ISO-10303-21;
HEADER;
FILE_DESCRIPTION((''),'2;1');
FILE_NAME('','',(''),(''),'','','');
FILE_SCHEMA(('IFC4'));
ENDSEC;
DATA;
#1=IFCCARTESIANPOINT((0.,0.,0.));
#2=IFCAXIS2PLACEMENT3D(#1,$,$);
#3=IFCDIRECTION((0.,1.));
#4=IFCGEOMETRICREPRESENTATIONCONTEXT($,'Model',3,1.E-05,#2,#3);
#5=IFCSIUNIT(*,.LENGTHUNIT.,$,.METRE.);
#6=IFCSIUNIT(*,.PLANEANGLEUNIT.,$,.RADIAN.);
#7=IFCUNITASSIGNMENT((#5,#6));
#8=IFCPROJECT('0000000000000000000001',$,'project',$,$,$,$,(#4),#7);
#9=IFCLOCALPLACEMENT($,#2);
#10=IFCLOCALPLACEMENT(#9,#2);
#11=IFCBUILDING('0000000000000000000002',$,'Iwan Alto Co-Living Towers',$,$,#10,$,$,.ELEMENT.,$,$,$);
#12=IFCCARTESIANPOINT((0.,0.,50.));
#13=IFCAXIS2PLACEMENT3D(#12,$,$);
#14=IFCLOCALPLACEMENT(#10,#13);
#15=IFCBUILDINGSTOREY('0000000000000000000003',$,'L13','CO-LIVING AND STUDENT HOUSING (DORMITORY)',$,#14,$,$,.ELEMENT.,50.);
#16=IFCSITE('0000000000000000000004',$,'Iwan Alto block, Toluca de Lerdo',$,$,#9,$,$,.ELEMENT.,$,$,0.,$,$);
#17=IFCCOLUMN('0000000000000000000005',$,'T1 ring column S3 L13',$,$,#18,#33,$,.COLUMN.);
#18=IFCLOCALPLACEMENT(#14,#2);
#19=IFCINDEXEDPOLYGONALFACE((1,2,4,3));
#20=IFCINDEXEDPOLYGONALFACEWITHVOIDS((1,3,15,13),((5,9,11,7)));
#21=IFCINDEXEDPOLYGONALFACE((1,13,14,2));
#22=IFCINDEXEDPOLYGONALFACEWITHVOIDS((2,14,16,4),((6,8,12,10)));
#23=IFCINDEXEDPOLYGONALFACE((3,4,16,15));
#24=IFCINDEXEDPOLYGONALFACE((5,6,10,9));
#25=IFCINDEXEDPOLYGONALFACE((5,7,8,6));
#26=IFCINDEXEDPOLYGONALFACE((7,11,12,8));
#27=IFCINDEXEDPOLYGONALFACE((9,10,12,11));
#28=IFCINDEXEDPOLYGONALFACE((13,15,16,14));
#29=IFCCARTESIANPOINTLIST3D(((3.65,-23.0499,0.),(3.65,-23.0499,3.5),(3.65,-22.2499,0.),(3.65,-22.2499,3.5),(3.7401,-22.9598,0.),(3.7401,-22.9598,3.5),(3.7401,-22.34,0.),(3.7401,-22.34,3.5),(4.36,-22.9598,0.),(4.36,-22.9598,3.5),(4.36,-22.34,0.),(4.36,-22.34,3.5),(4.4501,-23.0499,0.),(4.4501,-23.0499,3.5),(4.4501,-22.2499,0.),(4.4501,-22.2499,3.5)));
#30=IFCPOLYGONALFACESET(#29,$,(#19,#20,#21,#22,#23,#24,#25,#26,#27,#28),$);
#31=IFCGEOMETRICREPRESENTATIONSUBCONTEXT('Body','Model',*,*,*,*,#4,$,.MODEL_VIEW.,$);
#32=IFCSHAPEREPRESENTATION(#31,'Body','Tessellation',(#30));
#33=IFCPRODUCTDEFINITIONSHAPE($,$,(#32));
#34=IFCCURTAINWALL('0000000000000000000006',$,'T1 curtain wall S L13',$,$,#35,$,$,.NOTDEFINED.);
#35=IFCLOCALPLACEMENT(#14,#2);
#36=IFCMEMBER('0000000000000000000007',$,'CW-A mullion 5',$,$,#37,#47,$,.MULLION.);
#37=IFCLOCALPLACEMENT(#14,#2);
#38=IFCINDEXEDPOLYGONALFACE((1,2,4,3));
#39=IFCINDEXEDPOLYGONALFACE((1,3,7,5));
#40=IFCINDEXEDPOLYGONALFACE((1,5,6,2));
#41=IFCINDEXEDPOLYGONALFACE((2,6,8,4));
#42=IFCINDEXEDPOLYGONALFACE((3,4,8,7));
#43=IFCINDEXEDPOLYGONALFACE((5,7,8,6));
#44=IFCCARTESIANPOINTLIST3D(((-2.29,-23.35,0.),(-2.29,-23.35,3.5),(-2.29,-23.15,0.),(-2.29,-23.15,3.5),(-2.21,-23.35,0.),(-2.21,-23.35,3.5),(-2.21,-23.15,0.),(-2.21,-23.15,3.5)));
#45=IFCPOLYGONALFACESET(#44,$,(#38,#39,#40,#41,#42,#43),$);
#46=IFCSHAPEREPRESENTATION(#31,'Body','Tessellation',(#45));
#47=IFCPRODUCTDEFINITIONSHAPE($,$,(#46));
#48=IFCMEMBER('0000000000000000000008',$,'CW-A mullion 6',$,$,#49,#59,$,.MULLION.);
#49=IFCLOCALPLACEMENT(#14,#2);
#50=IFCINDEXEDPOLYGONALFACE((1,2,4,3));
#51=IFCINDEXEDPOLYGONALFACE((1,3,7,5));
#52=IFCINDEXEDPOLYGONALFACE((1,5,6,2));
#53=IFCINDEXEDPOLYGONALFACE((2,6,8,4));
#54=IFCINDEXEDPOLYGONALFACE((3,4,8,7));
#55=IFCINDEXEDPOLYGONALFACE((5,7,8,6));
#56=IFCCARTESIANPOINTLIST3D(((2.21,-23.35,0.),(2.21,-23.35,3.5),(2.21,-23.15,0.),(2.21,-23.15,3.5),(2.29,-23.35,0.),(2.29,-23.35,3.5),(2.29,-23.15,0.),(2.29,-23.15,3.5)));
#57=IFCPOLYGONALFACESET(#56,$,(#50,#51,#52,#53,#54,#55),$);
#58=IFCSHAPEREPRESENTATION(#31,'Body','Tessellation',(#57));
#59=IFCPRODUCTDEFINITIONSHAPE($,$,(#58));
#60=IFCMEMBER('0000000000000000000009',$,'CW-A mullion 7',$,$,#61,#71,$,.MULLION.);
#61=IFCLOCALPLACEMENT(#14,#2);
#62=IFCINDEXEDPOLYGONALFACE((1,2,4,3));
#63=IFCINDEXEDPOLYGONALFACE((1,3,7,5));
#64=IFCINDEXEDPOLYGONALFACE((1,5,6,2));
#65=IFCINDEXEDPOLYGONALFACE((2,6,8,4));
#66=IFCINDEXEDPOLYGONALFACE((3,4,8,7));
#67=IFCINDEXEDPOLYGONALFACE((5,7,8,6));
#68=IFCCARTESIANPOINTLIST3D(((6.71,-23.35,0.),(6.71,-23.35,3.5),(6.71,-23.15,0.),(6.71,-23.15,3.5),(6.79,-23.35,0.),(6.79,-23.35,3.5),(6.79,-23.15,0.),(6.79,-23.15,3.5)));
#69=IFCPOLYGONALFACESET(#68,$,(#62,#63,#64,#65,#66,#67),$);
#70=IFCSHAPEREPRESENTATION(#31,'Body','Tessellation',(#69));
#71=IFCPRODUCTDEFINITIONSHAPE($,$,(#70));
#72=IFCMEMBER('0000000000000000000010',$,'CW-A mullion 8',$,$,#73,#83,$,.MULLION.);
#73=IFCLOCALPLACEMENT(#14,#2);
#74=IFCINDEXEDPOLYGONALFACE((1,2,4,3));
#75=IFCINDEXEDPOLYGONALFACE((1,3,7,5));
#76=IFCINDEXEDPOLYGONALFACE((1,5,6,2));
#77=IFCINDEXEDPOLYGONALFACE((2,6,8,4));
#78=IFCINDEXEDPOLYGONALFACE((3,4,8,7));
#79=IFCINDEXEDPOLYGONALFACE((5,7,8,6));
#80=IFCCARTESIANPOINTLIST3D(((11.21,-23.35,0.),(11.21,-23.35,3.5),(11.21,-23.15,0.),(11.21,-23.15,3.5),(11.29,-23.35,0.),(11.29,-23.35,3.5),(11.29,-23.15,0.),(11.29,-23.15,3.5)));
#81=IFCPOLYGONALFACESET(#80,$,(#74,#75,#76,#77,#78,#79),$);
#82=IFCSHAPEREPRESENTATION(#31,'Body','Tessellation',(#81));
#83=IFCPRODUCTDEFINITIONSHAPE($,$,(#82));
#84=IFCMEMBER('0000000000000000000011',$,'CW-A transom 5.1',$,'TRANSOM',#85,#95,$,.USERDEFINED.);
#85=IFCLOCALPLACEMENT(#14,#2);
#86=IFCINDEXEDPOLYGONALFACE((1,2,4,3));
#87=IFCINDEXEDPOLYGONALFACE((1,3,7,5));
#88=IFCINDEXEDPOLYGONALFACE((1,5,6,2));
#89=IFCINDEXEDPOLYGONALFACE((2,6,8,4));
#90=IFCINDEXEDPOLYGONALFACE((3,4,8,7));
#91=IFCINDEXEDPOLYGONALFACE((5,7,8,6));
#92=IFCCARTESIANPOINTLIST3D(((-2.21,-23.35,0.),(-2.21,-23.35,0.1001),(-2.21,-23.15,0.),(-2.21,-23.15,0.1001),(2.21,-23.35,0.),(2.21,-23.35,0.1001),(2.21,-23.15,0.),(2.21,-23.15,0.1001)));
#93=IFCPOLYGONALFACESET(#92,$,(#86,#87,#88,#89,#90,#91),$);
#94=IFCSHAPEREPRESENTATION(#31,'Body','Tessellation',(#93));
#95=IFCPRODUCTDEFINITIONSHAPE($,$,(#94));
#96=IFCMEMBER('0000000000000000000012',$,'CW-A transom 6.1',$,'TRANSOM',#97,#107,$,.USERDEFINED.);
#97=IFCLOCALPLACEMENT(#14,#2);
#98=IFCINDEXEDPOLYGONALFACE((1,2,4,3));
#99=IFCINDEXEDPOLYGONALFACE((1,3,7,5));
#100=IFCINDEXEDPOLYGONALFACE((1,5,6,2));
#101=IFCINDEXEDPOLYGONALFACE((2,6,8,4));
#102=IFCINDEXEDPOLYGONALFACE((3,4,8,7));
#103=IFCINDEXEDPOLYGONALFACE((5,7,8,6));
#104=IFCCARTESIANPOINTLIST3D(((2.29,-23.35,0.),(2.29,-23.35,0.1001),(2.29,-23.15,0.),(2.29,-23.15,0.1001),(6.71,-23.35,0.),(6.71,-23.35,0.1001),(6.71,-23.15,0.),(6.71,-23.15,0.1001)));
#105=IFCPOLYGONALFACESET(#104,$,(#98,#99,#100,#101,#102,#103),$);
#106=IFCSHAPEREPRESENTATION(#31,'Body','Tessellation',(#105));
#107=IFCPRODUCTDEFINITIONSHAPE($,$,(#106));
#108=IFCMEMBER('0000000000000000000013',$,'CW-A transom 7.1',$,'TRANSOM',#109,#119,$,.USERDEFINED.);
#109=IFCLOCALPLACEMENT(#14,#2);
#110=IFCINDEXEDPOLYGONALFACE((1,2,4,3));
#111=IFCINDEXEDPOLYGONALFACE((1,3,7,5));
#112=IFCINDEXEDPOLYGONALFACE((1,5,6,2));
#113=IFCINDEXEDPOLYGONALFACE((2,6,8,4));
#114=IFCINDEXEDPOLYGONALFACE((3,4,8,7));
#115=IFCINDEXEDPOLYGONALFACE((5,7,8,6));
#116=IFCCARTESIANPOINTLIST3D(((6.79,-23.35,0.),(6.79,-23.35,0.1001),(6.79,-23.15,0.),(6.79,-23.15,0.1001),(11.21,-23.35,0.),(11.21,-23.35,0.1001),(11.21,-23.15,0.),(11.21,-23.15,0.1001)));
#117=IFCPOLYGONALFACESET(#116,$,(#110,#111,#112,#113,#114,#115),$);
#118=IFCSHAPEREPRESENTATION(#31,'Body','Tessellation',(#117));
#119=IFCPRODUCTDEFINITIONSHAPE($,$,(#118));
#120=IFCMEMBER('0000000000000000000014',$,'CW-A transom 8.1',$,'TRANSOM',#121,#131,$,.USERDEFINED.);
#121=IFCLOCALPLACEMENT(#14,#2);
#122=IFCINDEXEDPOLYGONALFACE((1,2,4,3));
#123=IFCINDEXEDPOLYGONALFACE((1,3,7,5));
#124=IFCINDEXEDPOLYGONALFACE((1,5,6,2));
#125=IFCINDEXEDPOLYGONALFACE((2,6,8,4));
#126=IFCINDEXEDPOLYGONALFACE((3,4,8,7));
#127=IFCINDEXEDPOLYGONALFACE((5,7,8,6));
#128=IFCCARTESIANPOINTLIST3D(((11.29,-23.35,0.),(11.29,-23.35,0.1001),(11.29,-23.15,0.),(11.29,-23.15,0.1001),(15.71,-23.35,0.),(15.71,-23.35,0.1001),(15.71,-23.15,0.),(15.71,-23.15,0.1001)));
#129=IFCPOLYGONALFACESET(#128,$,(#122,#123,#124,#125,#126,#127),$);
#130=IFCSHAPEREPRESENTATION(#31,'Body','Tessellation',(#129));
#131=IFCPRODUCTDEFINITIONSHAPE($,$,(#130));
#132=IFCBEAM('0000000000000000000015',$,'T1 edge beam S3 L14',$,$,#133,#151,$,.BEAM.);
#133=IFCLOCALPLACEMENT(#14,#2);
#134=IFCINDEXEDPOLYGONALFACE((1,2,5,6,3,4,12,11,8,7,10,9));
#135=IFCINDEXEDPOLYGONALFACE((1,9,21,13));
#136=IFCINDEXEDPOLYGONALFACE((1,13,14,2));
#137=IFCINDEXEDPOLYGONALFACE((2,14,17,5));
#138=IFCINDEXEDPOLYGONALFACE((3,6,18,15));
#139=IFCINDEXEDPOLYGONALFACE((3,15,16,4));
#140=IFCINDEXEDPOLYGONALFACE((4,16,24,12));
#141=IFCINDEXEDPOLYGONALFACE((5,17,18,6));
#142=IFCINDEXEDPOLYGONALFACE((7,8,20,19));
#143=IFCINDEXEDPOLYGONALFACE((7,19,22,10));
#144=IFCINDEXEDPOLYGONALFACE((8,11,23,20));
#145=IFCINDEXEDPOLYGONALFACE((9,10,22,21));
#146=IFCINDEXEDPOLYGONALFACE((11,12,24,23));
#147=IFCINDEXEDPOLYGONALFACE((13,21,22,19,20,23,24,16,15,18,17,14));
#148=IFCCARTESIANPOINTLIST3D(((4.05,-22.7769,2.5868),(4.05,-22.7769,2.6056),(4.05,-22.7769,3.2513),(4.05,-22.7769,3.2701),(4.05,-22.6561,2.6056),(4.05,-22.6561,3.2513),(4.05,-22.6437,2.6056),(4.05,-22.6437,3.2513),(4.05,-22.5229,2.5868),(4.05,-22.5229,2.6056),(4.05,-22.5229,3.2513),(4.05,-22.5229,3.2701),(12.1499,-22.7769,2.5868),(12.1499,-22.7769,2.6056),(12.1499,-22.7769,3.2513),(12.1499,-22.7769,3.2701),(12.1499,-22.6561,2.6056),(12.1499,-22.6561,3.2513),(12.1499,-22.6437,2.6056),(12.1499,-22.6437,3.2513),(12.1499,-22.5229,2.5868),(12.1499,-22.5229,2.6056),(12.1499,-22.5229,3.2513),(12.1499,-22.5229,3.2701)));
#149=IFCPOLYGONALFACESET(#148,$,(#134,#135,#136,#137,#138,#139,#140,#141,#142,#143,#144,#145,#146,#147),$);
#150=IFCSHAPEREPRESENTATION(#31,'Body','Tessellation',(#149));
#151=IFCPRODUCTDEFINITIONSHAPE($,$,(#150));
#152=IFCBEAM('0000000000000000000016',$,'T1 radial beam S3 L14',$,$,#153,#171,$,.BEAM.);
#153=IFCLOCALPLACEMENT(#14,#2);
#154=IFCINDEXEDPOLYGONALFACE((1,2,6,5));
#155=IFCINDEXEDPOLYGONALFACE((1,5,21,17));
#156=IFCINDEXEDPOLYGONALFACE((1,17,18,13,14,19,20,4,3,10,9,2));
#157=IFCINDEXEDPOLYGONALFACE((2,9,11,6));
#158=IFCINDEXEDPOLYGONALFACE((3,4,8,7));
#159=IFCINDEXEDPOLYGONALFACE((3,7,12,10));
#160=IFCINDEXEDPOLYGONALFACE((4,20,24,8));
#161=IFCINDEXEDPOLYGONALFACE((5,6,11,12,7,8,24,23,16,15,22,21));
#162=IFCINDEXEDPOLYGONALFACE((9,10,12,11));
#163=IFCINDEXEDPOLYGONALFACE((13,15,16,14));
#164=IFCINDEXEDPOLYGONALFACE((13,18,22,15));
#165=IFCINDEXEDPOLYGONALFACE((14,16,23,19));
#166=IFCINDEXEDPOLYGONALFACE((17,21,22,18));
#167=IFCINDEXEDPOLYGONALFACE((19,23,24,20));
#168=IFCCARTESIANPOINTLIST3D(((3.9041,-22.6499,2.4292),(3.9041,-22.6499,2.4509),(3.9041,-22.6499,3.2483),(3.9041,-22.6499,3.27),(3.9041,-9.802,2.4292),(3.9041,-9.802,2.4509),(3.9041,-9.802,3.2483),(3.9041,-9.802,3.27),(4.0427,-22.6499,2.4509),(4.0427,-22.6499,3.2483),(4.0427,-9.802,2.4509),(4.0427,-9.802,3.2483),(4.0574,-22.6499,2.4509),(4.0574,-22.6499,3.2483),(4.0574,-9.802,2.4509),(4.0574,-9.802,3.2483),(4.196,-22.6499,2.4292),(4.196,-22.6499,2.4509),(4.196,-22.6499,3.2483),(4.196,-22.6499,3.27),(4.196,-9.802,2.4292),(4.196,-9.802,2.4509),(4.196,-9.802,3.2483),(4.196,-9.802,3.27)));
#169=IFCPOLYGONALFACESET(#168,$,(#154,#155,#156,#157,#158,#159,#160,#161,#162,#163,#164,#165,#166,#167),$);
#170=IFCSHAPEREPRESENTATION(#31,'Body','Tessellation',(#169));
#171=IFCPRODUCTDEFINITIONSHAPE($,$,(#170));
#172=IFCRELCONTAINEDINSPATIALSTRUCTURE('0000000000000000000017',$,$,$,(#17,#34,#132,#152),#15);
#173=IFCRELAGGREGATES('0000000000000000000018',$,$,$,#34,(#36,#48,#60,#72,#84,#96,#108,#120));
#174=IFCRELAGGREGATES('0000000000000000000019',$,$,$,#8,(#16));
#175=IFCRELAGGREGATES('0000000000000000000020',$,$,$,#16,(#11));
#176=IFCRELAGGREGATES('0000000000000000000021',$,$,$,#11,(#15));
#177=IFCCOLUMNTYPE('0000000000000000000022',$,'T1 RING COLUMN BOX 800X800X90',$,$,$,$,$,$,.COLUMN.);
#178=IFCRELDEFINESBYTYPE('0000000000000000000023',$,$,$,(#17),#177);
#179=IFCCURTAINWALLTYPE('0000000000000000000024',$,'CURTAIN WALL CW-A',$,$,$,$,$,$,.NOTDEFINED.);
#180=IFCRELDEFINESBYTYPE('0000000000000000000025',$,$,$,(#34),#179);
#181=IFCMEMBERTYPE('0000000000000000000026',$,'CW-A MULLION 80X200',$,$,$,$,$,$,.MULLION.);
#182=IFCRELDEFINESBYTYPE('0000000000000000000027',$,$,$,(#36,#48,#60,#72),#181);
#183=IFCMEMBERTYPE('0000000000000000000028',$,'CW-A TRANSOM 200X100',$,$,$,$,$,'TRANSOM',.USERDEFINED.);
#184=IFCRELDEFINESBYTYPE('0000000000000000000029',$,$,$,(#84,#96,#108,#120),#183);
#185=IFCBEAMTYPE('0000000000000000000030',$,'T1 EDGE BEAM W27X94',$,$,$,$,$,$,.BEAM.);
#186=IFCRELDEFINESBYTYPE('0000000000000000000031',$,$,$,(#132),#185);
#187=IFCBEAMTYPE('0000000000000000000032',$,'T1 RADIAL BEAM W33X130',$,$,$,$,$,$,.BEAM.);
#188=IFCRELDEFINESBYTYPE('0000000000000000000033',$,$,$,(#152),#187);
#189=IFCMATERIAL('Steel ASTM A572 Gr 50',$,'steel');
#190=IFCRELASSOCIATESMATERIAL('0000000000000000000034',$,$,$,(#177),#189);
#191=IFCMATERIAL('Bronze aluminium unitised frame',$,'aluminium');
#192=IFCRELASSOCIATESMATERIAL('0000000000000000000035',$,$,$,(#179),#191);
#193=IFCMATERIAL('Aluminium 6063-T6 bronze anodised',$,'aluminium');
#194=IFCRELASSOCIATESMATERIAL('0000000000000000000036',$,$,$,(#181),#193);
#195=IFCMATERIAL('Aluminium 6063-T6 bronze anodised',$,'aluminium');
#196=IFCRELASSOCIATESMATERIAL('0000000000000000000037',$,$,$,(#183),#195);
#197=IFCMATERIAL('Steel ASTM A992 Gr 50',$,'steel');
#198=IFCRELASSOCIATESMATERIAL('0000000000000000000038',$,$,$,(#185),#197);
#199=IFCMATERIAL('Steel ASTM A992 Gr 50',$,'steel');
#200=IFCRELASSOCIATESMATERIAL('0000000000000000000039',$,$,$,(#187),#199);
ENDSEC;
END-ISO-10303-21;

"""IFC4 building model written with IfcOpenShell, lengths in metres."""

from ifc_helpers import new_model, si_unit, direction, frame, origin, origin_2d, place, context, subcontext, project, spatial, rectangle, hollow_rectangle, i_section, extrude, material, material_profile, profile_set, type_object, element, aggregate, save


model = new_model("IFC4")

# Units and contexts
model_context = context("Model", 3, precision=1e-05, world=origin(), true_north=direction((0.0, 1.0)))
body_context = subcontext(model_context, "Body", "Model", "MODEL_VIEW")
ifc_project = project(units=[si_unit("LENGTHUNIT", "METRE"), si_unit("PLANEANGLEUNIT", "RADIAN")], contexts=[model_context])

# Site, building, storey
site_placement = place(None, origin())
site = spatial("IfcSite", under=ifc_project, at=site_placement, Name="Iwan Alto block, Toluca de Lerdo", CompositionType="ELEMENT", RefElevation=0.0)
building_placement = place(site_placement, origin())
building = spatial("IfcBuilding", under=site, at=building_placement, Name="Iwan Alto Co-Living Towers", CompositionType="ELEMENT")
storey_placement = place(building_placement, frame((0.0, 0.0, 50.0)))
storey = spatial("IfcBuildingStorey", under=building, at=storey_placement, Name="L13", Description="CO-LIVING AND STUDENT HOUSING (DORMITORY)", CompositionType="ELEMENT", Elevation=50.0)

# Column
ifc_material_1 = material(Name="Steel ASTM A572 Gr 50", Category="steel")
ifc_material_profile_1 = material_profile(ifc_material_1, hollow_rectangle(XDim=0.8, YDim=0.8, WallThickness=0.0901, at=origin_2d()), Name="BOX 800X800X90")
ifc_profile_set_1 = profile_set([ifc_material_profile_1], Name="Steel ASTM A572 Gr 50")
column_type = type_object("IfcColumnType", Name="T1 RING COLUMN BOX 800X800X90", PredefinedType="COLUMN", material=ifc_profile_set_1)
column_placement = place(storey_placement, frame((4.05, -22.6499, 0.0), z_axis=(0.0, 0.0, 1.0), x_axis=(1.0, 0.0, 0.0)))
element("IfcColumn", 1, at=column_placement, inside=storey, type_object=column_type, Name="T1 ring column S3 L13", PredefinedType="COLUMN", context=body_context, shape_type="SweptSolid", body=[
    extrude(hollow_rectangle(XDim=0.8, YDim=0.8, WallThickness=0.0901, at=origin_2d()), origin(), (0.0, 0.0, 1.0), 3.5),
])

# Curtain wall, members
ifc_material_2 = material(Name="Bronze aluminium unitised frame", Category="aluminium")
curtain_wall_type = type_object("IfcCurtainWallType", Name="CURTAIN WALL CW-A", PredefinedType="NOTDEFINED", material=ifc_material_2)
curtain_wall_placement = place(storey_placement, origin())
curtain_wall = element("IfcCurtainWall", 2, at=curtain_wall_placement, inside=storey, type_object=curtain_wall_type, Name="T1 curtain wall S L13", PredefinedType="NOTDEFINED")
ifc_material_3 = material(Name="Aluminium 6063-T6 bronze anodised", Category="aluminium")
ifc_material_profile_2 = material_profile(ifc_material_3, rectangle(XDim=0.2, YDim=0.0801, at=origin_2d()), Name="AL 80X200")
ifc_profile_set_2 = profile_set([ifc_material_profile_2], Name="Aluminium 6063-T6 bronze anodised")
member_type_1 = type_object("IfcMemberType", Name="CW-A MULLION 80X200", PredefinedType="MULLION", material=ifc_profile_set_2)
member_1_placement = place(storey_placement, frame((-2.25, -23.25, 0.0), z_axis=(0.0, 0.0, 1.0), x_axis=(0.0, 1.0, 0.0)))
member_1 = element("IfcMember", 3, at=member_1_placement, type_object=member_type_1, Name="CW-A mullion 5", PredefinedType="MULLION", context=body_context, shape_type="SweptSolid", body=[
    extrude(rectangle(XDim=0.2, YDim=0.0801, at=origin_2d()), origin(), (0.0, 0.0, 1.0), 3.5),
])
member_2_placement = place(storey_placement, frame((2.25, -23.25, 0.0), z_axis=(0.0, 0.0, 1.0), x_axis=(0.0, 1.0, 0.0)))
member_2 = element("IfcMember", 4, at=member_2_placement, type_object=member_type_1, Name="CW-A mullion 6", PredefinedType="MULLION", context=body_context, shape_type="SweptSolid", body=[
    extrude(rectangle(XDim=0.2, YDim=0.0801, at=origin_2d()), origin(), (0.0, 0.0, 1.0), 3.5),
])
member_3_placement = place(storey_placement, frame((6.75, -23.25, 0.0), z_axis=(0.0, 0.0, 1.0), x_axis=(0.0, 1.0, 0.0)))
member_3 = element("IfcMember", 5, at=member_3_placement, type_object=member_type_1, Name="CW-A mullion 7", PredefinedType="MULLION", context=body_context, shape_type="SweptSolid", body=[
    extrude(rectangle(XDim=0.2, YDim=0.0801, at=origin_2d()), origin(), (0.0, 0.0, 1.0), 3.5),
])
member_4_placement = place(storey_placement, frame((11.25, -23.25, 0.0), z_axis=(0.0, 0.0, 1.0), x_axis=(0.0, 1.0, 0.0)))
member_4 = element("IfcMember", 6, at=member_4_placement, type_object=member_type_1, Name="CW-A mullion 8", PredefinedType="MULLION", context=body_context, shape_type="SweptSolid", body=[
    extrude(rectangle(XDim=0.2, YDim=0.0801, at=origin_2d()), origin(), (0.0, 0.0, 1.0), 3.5),
])
ifc_material_4 = material(Name="Aluminium 6063-T6 bronze anodised", Category="aluminium")
ifc_material_profile_3 = material_profile(ifc_material_4, rectangle(XDim=0.2, YDim=0.1001, at=origin_2d()), Name="AL 200X100")
ifc_profile_set_3 = profile_set([ifc_material_profile_3], Name="Aluminium 6063-T6 bronze anodised")
member_type_2 = type_object("IfcMemberType", Name="CW-A TRANSOM 200X100", ElementType="TRANSOM", PredefinedType="USERDEFINED", material=ifc_profile_set_3)
member_5_placement = place(storey_placement, frame((-2.21, -23.25, 0.05), z_axis=(1.0, 0.0, 0.0), x_axis=(0.0, 1.0, 0.0)))
member_5 = element("IfcMember", 7, at=member_5_placement, type_object=member_type_2, Name="CW-A transom 5.1", ObjectType="TRANSOM", PredefinedType="USERDEFINED", context=body_context, shape_type="SweptSolid", body=[
    extrude(rectangle(XDim=0.2, YDim=0.1001, at=origin_2d()), origin(), (0.0, 0.0, 1.0), 4.4199),
])
member_6_placement = place(storey_placement, frame((2.29, -23.25, 0.05), z_axis=(1.0, 0.0, 0.0), x_axis=(0.0, 1.0, 0.0)))
member_6 = element("IfcMember", 8, at=member_6_placement, type_object=member_type_2, Name="CW-A transom 6.1", ObjectType="TRANSOM", PredefinedType="USERDEFINED", context=body_context, shape_type="SweptSolid", body=[
    extrude(rectangle(XDim=0.2, YDim=0.1001, at=origin_2d()), origin(), (0.0, 0.0, 1.0), 4.4199),
])
member_7_placement = place(storey_placement, frame((6.79, -23.25, 0.05), z_axis=(1.0, 0.0, 0.0), x_axis=(0.0, 1.0, 0.0)))
member_7 = element("IfcMember", 9, at=member_7_placement, type_object=member_type_2, Name="CW-A transom 7.1", ObjectType="TRANSOM", PredefinedType="USERDEFINED", context=body_context, shape_type="SweptSolid", body=[
    extrude(rectangle(XDim=0.2, YDim=0.1001, at=origin_2d()), origin(), (0.0, 0.0, 1.0), 4.4199),
])
member_8_placement = place(storey_placement, frame((11.29, -23.25, 0.05), z_axis=(1.0, 0.0, 0.0), x_axis=(0.0, 1.0, 0.0)))
member_8 = element("IfcMember", 10, at=member_8_placement, type_object=member_type_2, Name="CW-A transom 8.1", ObjectType="TRANSOM", PredefinedType="USERDEFINED", context=body_context, shape_type="SweptSolid", body=[
    extrude(rectangle(XDim=0.2, YDim=0.1001, at=origin_2d()), origin(), (0.0, 0.0, 1.0), 4.4199),
])

# Beams
ifc_material_5 = material(Name="Steel ASTM A992 Gr 50", Category="steel")
ifc_material_profile_4 = material_profile(ifc_material_5, i_section(OverallWidth=0.2539, OverallDepth=0.6833, WebThickness=0.0125, FlangeThickness=0.0188, at=origin_2d()), Name="W27X94")
ifc_profile_set_4 = profile_set([ifc_material_profile_4], Name="Steel ASTM A992 Gr 50")
beam_type_1 = type_object("IfcBeamType", Name="T1 EDGE BEAM W27X94", PredefinedType="BEAM", material=ifc_profile_set_4)
beam_1_placement = place(storey_placement, frame((4.05, -22.6499, 2.9285), z_axis=(1.0, 0.0, 0.0), x_axis=(0.0, 1.0, 0.0)))
element("IfcBeam", 11, at=beam_1_placement, inside=storey, type_object=beam_type_1, Name="T1 edge beam S3 L14", PredefinedType="BEAM", context=body_context, shape_type="SweptSolid", body=[
    extrude(i_section(OverallWidth=0.2539, OverallDepth=0.6833, WebThickness=0.0125, FlangeThickness=0.0188, at=origin_2d()), origin(), (0.0, 0.0, 1.0), 8.0999),
])
ifc_material_6 = material(Name="Steel ASTM A992 Gr 50", Category="steel")
ifc_material_profile_5 = material_profile(ifc_material_6, i_section(OverallWidth=0.292, OverallDepth=0.8408, WebThickness=0.0146, FlangeThickness=0.0217, at=origin_2d()), Name="W33X130")
ifc_profile_set_5 = profile_set([ifc_material_profile_5], Name="Steel ASTM A992 Gr 50")
beam_type_2 = type_object("IfcBeamType", Name="T1 RADIAL BEAM W33X130", PredefinedType="BEAM", material=ifc_profile_set_5)
beam_2_placement = place(storey_placement, frame((4.05, -22.6499, 2.8496), z_axis=(0.0, 1.0, 0.0), x_axis=(-1.0, 0.0, 0.0)))
element("IfcBeam", 12, at=beam_2_placement, inside=storey, type_object=beam_type_2, Name="T1 radial beam S3 L14", PredefinedType="BEAM", context=body_context, shape_type="SweptSolid", body=[
    extrude(i_section(OverallWidth=0.292, OverallDepth=0.8408, WebThickness=0.0146, FlangeThickness=0.0217, at=origin_2d()), origin(), (0.0, 0.0, 1.0), 12.8479),
])

aggregate(curtain_wall, [member_1, member_2, member_3, member_4, member_5, member_6, member_7, member_8])

save(model, "model.ifc")
